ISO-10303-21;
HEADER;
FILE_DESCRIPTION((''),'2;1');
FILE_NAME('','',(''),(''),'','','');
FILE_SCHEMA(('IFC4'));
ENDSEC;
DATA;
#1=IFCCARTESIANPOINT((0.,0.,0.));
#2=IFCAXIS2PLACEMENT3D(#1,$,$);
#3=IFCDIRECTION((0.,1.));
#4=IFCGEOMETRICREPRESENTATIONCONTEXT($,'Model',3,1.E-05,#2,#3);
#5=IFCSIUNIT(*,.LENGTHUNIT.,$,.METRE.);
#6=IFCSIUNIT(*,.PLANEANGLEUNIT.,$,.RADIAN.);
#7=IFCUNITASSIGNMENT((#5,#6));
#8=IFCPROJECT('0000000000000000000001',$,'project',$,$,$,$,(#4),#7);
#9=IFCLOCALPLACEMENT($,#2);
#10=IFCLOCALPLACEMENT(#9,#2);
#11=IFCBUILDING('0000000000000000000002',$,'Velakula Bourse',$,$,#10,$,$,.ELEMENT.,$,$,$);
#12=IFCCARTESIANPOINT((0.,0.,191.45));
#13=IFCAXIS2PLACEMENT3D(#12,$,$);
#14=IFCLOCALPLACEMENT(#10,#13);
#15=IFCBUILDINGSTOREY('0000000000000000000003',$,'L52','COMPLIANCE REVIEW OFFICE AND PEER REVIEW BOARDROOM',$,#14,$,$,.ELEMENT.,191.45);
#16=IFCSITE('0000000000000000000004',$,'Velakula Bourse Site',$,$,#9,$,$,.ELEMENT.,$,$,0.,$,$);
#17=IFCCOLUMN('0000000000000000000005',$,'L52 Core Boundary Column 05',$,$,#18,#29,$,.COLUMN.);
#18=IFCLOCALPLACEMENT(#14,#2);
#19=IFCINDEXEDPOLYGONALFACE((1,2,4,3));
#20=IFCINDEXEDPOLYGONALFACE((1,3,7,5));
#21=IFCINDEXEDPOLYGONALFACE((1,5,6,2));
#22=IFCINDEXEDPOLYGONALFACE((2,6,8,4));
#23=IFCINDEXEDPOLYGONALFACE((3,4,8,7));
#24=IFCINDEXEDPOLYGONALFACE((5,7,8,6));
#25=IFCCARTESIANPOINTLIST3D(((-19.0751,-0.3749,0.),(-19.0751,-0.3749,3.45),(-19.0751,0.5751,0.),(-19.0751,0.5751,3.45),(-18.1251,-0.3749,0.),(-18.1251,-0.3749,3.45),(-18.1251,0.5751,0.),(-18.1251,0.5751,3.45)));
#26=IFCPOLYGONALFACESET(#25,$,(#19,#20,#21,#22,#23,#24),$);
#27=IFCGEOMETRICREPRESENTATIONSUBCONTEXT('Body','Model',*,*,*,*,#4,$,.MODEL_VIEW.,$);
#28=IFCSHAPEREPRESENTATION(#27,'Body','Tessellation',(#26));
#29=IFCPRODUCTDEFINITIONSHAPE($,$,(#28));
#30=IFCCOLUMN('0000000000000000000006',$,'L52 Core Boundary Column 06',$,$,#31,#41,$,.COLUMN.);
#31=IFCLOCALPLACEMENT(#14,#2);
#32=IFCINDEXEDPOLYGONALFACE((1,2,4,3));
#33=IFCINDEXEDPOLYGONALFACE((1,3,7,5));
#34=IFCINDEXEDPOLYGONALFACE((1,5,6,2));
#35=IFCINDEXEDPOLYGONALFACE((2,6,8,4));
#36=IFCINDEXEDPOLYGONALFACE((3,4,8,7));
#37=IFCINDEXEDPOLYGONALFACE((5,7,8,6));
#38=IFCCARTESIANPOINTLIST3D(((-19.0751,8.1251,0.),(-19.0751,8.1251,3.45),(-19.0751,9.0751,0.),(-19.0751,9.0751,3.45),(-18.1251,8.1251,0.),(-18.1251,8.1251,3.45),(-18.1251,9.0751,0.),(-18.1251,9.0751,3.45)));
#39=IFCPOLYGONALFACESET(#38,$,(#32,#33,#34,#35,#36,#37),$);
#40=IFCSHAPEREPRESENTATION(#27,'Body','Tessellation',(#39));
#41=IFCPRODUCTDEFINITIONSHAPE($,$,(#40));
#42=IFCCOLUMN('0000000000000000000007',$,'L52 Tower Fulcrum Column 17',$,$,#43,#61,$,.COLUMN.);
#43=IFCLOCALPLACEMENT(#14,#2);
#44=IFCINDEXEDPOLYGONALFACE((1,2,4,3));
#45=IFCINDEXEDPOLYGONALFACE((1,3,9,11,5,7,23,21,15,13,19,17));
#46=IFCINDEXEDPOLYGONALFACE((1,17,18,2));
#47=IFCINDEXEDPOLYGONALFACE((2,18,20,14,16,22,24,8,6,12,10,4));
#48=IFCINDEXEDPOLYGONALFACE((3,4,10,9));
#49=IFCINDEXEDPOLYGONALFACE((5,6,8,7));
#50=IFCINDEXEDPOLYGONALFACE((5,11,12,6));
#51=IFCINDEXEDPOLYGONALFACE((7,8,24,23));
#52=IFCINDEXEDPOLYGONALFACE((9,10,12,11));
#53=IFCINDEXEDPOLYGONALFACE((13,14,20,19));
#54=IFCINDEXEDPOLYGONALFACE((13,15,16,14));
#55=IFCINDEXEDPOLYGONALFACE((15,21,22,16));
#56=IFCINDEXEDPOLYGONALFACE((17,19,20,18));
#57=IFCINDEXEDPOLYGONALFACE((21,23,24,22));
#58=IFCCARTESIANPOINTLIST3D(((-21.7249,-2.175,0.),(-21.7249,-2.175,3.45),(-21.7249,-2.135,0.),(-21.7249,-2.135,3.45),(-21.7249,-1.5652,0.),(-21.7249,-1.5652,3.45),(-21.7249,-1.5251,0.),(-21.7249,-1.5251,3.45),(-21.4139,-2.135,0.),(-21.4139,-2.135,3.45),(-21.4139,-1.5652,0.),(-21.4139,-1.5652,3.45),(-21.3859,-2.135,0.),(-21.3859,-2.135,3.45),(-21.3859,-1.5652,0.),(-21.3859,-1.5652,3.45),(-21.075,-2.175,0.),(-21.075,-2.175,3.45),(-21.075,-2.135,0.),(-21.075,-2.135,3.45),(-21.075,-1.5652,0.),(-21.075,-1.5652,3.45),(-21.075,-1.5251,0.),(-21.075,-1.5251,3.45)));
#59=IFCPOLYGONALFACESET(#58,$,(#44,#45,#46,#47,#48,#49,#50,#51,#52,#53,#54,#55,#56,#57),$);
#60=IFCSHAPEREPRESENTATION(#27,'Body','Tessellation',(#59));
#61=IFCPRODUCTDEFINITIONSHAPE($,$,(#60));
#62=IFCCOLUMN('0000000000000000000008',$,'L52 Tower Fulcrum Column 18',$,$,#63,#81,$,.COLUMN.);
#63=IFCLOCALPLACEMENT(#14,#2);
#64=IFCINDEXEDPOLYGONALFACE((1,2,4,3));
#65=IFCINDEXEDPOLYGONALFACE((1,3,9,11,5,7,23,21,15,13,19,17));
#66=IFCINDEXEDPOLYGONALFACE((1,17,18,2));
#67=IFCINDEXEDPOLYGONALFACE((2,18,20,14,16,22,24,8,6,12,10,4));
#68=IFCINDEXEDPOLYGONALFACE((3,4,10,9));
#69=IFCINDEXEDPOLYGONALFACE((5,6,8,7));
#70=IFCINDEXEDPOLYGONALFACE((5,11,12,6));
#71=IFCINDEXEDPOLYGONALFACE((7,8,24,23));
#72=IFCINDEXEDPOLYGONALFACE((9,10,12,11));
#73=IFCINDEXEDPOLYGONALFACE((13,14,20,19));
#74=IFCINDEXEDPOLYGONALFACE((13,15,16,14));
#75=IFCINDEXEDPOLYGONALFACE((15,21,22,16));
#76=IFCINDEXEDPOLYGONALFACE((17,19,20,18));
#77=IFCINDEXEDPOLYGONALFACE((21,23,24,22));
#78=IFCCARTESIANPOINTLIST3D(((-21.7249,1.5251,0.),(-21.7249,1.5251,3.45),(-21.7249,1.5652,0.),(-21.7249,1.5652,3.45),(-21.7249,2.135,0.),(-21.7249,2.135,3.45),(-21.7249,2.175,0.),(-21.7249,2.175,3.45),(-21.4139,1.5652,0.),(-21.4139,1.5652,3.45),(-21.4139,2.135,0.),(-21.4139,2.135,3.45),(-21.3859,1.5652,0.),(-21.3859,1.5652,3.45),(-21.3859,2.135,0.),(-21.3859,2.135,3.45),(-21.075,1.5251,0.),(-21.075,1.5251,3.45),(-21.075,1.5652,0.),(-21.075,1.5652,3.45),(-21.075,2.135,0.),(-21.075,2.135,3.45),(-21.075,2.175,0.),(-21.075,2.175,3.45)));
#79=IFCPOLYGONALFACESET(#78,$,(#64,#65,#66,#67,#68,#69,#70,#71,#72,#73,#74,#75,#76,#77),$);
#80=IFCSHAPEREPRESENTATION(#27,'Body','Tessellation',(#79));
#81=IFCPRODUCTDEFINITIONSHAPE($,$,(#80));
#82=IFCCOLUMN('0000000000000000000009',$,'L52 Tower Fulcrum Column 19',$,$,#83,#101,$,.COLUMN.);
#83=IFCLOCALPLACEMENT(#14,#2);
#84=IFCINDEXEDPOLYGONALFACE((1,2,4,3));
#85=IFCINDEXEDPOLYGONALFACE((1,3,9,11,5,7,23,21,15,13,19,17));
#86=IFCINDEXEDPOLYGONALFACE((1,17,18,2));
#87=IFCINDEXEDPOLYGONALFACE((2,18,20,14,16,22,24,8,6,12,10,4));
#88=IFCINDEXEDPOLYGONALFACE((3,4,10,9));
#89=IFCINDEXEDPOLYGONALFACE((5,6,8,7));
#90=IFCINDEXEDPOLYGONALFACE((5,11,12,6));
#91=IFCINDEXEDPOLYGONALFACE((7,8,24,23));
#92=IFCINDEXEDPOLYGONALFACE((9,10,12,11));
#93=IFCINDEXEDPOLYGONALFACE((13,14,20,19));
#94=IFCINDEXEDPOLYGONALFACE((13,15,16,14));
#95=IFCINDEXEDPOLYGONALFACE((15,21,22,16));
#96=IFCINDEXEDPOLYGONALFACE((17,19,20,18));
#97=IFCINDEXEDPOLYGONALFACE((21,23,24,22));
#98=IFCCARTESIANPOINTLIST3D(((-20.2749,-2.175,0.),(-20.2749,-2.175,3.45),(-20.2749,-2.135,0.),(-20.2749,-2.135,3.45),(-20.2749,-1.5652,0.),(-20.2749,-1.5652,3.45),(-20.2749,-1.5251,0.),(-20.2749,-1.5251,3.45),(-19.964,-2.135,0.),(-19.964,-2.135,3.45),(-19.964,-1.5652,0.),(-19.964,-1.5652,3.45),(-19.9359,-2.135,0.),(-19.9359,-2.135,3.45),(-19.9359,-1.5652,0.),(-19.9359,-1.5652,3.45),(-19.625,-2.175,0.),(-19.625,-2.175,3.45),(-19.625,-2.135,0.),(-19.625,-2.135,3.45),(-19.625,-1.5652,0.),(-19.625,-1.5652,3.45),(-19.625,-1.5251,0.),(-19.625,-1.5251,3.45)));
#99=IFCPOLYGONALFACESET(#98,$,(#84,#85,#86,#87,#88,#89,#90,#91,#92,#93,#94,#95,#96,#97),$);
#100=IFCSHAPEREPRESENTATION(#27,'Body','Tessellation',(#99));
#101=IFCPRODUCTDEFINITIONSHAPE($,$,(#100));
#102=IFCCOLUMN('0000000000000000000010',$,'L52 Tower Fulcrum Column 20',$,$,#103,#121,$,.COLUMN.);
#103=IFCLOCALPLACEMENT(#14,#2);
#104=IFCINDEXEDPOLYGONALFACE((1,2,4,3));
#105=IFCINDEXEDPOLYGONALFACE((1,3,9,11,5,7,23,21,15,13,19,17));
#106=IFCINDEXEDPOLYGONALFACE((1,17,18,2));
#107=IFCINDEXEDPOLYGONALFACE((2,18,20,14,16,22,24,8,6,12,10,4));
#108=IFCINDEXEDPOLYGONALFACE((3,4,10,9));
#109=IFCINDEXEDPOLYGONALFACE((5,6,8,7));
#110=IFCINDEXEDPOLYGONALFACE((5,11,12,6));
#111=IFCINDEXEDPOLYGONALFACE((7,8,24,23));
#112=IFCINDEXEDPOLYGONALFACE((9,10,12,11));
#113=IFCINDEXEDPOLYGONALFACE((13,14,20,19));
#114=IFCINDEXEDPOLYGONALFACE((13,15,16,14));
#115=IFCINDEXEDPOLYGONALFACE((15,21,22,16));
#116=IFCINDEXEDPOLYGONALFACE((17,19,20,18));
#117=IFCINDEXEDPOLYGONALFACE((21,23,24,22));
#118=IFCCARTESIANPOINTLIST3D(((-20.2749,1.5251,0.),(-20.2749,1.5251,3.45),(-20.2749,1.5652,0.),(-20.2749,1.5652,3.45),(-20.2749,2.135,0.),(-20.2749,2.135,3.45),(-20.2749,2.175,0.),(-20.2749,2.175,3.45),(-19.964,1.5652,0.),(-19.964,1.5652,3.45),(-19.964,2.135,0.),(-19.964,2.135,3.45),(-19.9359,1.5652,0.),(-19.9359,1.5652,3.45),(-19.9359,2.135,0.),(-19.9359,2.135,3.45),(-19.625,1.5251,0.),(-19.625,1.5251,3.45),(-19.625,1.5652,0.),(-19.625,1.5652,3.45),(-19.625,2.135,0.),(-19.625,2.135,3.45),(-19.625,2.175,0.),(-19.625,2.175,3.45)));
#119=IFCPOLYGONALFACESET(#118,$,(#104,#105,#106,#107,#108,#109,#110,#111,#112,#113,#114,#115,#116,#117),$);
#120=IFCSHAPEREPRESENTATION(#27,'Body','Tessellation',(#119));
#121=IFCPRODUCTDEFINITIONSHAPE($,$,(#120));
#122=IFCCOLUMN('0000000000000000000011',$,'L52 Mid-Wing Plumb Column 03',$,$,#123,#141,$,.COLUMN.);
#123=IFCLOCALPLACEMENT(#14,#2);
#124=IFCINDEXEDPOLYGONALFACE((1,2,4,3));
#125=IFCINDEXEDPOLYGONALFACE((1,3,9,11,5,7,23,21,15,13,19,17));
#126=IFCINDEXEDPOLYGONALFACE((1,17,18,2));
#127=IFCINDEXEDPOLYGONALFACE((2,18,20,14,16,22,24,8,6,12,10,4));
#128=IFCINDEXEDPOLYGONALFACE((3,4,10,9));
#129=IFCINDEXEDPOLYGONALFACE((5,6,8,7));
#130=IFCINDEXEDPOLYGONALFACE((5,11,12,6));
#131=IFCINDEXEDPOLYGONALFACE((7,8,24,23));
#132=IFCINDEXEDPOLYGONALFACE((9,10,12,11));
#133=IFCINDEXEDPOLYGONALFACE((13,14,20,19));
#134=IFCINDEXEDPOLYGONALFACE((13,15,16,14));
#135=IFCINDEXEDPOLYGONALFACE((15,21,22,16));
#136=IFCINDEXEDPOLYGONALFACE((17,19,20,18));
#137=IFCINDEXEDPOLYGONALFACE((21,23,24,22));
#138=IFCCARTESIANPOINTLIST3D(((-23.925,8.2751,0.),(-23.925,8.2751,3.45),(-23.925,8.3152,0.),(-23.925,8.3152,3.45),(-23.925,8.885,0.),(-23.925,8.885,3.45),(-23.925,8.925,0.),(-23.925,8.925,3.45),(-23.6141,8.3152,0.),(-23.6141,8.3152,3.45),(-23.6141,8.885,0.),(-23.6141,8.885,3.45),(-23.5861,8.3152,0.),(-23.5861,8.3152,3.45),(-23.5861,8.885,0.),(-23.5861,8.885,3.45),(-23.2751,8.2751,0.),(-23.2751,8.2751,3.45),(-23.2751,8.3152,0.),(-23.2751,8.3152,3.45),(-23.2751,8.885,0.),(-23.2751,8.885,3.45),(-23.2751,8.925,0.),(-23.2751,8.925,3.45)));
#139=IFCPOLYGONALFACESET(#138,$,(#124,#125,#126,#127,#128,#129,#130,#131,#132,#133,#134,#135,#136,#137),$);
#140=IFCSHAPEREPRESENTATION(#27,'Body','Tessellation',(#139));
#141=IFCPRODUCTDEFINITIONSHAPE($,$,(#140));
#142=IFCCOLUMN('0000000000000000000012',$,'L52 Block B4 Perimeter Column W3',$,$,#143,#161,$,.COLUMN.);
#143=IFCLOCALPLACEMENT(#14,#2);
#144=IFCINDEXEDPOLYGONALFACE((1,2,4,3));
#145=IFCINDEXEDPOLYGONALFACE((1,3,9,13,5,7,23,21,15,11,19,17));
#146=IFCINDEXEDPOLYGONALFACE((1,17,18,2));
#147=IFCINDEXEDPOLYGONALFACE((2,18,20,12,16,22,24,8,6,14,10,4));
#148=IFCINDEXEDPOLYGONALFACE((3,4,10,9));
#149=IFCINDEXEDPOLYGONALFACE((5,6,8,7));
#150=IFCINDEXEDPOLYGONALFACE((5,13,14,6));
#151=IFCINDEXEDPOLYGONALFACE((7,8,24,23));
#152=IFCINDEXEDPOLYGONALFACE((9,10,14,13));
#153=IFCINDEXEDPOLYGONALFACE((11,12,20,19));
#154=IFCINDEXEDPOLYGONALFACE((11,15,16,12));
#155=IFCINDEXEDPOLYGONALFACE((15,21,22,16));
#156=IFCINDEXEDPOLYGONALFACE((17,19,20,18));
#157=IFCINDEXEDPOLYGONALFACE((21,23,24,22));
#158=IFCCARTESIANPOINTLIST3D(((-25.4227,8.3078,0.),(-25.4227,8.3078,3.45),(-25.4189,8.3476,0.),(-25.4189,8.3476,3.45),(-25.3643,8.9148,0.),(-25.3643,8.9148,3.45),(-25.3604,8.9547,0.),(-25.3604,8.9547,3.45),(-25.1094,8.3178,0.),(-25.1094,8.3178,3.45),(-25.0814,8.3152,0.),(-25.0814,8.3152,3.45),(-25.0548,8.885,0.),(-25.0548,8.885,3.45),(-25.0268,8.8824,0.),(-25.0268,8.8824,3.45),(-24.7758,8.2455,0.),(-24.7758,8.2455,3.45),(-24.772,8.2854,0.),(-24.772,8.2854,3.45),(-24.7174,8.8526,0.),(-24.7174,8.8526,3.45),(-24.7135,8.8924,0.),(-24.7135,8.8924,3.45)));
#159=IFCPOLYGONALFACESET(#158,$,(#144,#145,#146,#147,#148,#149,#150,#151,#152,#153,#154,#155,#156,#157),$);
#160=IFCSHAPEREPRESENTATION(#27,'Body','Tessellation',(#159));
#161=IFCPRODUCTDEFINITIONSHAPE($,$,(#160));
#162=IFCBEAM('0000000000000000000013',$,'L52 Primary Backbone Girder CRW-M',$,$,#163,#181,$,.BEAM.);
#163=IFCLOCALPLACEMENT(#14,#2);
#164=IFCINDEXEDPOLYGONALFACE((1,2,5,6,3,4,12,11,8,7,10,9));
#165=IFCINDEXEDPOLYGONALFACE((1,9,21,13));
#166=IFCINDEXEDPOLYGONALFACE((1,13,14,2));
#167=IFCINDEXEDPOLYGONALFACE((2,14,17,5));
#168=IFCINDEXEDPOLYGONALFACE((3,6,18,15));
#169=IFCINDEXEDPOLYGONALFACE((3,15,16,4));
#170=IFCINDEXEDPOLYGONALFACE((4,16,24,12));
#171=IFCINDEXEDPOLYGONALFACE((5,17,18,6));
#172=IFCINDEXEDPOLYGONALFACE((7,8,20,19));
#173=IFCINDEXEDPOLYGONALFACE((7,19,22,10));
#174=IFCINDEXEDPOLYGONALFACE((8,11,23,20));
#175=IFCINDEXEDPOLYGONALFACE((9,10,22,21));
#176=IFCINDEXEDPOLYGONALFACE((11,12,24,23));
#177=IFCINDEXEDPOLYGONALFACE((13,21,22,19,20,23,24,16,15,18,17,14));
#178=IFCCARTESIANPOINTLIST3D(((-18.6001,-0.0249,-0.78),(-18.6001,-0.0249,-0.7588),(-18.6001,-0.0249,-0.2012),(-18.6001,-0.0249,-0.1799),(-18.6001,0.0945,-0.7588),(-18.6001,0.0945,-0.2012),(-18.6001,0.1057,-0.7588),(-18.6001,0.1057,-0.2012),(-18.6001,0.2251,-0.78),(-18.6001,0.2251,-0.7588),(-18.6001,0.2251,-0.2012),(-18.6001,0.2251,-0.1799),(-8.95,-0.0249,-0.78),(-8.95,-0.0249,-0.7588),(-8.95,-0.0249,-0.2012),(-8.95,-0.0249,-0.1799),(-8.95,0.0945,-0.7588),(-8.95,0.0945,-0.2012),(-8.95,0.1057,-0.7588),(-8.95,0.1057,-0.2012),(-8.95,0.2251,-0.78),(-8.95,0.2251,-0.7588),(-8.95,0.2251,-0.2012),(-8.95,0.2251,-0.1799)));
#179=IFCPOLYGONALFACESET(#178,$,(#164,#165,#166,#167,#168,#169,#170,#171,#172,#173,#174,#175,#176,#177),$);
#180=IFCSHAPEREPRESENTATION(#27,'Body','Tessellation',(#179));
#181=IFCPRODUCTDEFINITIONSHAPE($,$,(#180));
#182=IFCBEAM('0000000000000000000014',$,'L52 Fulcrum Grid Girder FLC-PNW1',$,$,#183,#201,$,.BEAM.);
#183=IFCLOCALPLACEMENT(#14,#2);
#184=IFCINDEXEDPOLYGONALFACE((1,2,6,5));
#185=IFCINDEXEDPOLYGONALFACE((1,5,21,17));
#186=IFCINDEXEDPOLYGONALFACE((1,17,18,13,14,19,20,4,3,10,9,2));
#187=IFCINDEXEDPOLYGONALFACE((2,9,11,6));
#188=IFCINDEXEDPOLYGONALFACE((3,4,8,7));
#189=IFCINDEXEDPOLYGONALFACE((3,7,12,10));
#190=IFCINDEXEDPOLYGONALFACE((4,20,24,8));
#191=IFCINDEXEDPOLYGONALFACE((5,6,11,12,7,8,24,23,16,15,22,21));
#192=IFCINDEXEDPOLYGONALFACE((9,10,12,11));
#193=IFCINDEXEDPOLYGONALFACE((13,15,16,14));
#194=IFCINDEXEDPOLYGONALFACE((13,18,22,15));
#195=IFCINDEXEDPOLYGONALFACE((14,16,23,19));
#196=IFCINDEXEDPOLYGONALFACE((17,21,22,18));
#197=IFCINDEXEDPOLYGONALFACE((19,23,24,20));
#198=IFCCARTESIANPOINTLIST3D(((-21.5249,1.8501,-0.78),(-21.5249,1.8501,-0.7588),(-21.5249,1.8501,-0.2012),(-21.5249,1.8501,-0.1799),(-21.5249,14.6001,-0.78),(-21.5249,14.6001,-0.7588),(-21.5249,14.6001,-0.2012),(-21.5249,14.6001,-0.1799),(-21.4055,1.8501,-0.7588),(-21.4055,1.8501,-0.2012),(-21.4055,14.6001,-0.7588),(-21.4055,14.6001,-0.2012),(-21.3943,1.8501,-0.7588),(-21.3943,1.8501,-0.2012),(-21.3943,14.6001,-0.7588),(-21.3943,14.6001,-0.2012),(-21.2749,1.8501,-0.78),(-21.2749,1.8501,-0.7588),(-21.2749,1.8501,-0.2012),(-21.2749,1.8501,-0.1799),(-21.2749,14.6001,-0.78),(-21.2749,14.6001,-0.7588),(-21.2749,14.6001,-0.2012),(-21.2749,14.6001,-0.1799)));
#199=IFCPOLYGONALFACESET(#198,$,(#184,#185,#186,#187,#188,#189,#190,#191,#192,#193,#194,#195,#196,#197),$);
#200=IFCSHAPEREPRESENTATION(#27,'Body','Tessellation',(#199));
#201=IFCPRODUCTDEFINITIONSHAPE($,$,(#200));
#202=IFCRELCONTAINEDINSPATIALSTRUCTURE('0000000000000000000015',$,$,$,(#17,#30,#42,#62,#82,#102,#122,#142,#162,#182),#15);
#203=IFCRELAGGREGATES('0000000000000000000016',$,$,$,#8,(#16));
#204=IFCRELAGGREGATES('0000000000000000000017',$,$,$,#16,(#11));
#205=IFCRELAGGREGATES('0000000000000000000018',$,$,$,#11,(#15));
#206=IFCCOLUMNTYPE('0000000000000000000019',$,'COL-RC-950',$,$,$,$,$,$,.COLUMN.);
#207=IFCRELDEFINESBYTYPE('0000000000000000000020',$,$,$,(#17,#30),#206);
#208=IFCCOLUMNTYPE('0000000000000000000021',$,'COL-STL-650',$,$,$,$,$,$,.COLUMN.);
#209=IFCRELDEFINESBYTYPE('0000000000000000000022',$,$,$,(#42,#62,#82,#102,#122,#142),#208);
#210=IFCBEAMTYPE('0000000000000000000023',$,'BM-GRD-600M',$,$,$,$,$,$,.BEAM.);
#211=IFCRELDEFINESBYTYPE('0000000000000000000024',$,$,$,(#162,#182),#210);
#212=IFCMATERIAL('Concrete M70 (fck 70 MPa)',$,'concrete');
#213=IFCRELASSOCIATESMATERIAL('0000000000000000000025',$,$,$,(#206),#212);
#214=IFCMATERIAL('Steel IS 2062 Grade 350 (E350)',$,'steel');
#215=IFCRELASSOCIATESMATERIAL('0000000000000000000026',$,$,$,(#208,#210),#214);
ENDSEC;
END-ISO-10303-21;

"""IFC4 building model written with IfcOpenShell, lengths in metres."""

from ifc_helpers import new_model, si_unit, direction, frame, origin, origin_2d, place, context, subcontext, project, spatial, rectangle, i_section, extrude, material, material_profile, profile_set, type_object, element, save


model = new_model("IFC4")

# Units and contexts
model_context = context("Model", 3, precision=1e-05, world=origin(), true_north=direction((0.0, 1.0)))
body_context = subcontext(model_context, "Body", "Model", "MODEL_VIEW")
ifc_project = project(units=[si_unit("LENGTHUNIT", "METRE"), si_unit("PLANEANGLEUNIT", "RADIAN")], contexts=[model_context])

# Site, building, storey
site_placement = place(None, origin())
site = spatial("IfcSite", under=ifc_project, at=site_placement, Name="Velakula Bourse Site", CompositionType="ELEMENT", RefElevation=0.0)
building_placement = place(site_placement, origin())
building = spatial("IfcBuilding", under=site, at=building_placement, Name="Velakula Bourse", CompositionType="ELEMENT")
storey_placement = place(building_placement, frame((0.0, 0.0, 191.45)))
storey = spatial("IfcBuildingStorey", under=building, at=storey_placement, Name="L52", Description="COMPLIANCE REVIEW OFFICE AND PEER REVIEW BOARDROOM", CompositionType="ELEMENT", Elevation=191.45)

# Columns
ifc_material_1 = material(Name="Concrete M70 (fck 70 MPa)", Category="concrete")
ifc_material_profile_1 = material_profile(ifc_material_1, rectangle(XDim=0.95, YDim=0.95, at=origin_2d()), Name="Concrete M70 (fck 70 MPa)")
ifc_profile_set_1 = profile_set([ifc_material_profile_1], Name="Concrete M70 (fck 70 MPa)")
column_type_1 = type_object("IfcColumnType", Name="COL-RC-950", PredefinedType="COLUMN", material=ifc_profile_set_1)
for number, where, z_axis, x_axis, name in (
    (1, (-18.6001, 0.1001, 0.0), (0.0, 0.0, 1.0), (1.0, 0.0, 0.0), "L52 Core Boundary Column 05"),
    (2, (-18.6001, 8.6001, 0.0), (0.0, 0.0, 1.0), (1.0, 0.0, 0.0), "L52 Core Boundary Column 06"),
):
    element("IfcColumn", number, at=place(storey_placement, frame(where, z_axis=z_axis, x_axis=x_axis)), inside=storey, type_object=column_type_1, Name=name, PredefinedType="COLUMN", context=body_context, shape_type="SweptSolid", body=[
        extrude(rectangle(XDim=0.95, YDim=0.95, at=origin_2d()), origin(), (0.0, 0.0, 1.0), 3.45),
    ])
ifc_material_2 = material(Name="Steel IS 2062 Grade 350 (E350)", Category="steel")
ifc_material_profile_2 = material_profile(ifc_material_2, i_section(OverallWidth=0.6499, OverallDepth=0.6499, WebThickness=0.0281, FlangeThickness=0.04, at=origin_2d()), Name="Steel IS 2062 Grade 350 (E350)")
ifc_profile_set_2 = profile_set([ifc_material_profile_2], Name="Steel IS 2062 Grade 350 (E350)")
column_type_2 = type_object("IfcColumnType", Name="COL-STL-650", PredefinedType="COLUMN", material=ifc_profile_set_2)
for number, where, z_axis, x_axis, name in (
    (3, (-21.3999, -1.8501, 0.0), (0.0, 0.0, 1.0), (1.0, 0.0, 0.0), "L52 Tower Fulcrum Column 17"),
    (4, (-21.3999, 1.8501, 0.0), (0.0, 0.0, 1.0), (1.0, 0.0, 0.0), "L52 Tower Fulcrum Column 18"),
    (5, (-19.95, -1.8501, 0.0), (0.0, 0.0, 1.0), (1.0, 0.0, 0.0), "L52 Tower Fulcrum Column 19"),
    (6, (-19.95, 1.8501, 0.0), (0.0, 0.0, 1.0), (1.0, 0.0, 0.0), "L52 Tower Fulcrum Column 20"),
    (7, (-23.6001, 8.6001, 0.0), (0.0, 0.0, 1.0), (1.0, 0.0, 0.0), "L52 Mid-Wing Plumb Column 03"),
    (8, (-25.0681, 8.6001, 0.0), (0.0, 0.0, 1.0), (0.995396, -0.095846, 0.0), "L52 Block B4 Perimeter Column W3"),
):
    element("IfcColumn", number, at=place(storey_placement, frame(where, z_axis=z_axis, x_axis=x_axis)), inside=storey, type_object=column_type_2, Name=name, PredefinedType="COLUMN", context=body_context, shape_type="SweptSolid", body=[
        extrude(i_section(OverallWidth=0.6499, OverallDepth=0.6499, WebThickness=0.0281, FlangeThickness=0.04, at=origin_2d()), origin(), (0.0, 0.0, 1.0), 3.45),
    ])

# Beams
ifc_material_profile_3 = material_profile(ifc_material_2, i_section(OverallWidth=0.25, OverallDepth=0.6001, WebThickness=0.0112, FlangeThickness=0.0212, at=origin_2d()), Name="Steel IS 2062 Grade 350 (E350)")
ifc_profile_set_3 = profile_set([ifc_material_profile_3], Name="Steel IS 2062 Grade 350 (E350)")
beam_type_1 = type_object("IfcBeamType", Name="BM-GRD-600M", PredefinedType="BEAM", material=ifc_profile_set_3)
beam_1_placement = place(storey_placement, frame((-18.6001, 0.1001, -0.48), z_axis=(1.0, 0.0, 0.0), x_axis=(0.0, 1.0, 0.0)))
element("IfcBeam", 9, at=beam_1_placement, inside=storey, type_object=beam_type_1, Name="L52 Primary Backbone Girder CRW-M", PredefinedType="BEAM", context=body_context, shape_type="SweptSolid", body=[
    extrude(i_section(OverallWidth=0.25, OverallDepth=0.6001, WebThickness=0.0112, FlangeThickness=0.0212, at=origin_2d()), origin(), (0.0, 0.0, 1.0), 9.6501),
])
for number, where, z_axis, x_axis, name in (
    (10, (-21.3999, 1.8501, -0.48), (0.0, 1.0, 0.0), (-1.0, 0.0, 0.0), "L52 Fulcrum Grid Girder FLC-PNW1"),
):
    element("IfcBeam", number, at=place(storey_placement, frame(where, z_axis=z_axis, x_axis=x_axis)), inside=storey, type_object=beam_type_1, Name=name, PredefinedType="BEAM", context=body_context, shape_type="SweptSolid", body=[
        extrude(i_section(OverallWidth=0.25, OverallDepth=0.6001, WebThickness=0.0112, FlangeThickness=0.0212, at=origin_2d()), origin(), (0.0, 0.0, 1.0), 12.75),
    ])

save(model, "model.ifc")
